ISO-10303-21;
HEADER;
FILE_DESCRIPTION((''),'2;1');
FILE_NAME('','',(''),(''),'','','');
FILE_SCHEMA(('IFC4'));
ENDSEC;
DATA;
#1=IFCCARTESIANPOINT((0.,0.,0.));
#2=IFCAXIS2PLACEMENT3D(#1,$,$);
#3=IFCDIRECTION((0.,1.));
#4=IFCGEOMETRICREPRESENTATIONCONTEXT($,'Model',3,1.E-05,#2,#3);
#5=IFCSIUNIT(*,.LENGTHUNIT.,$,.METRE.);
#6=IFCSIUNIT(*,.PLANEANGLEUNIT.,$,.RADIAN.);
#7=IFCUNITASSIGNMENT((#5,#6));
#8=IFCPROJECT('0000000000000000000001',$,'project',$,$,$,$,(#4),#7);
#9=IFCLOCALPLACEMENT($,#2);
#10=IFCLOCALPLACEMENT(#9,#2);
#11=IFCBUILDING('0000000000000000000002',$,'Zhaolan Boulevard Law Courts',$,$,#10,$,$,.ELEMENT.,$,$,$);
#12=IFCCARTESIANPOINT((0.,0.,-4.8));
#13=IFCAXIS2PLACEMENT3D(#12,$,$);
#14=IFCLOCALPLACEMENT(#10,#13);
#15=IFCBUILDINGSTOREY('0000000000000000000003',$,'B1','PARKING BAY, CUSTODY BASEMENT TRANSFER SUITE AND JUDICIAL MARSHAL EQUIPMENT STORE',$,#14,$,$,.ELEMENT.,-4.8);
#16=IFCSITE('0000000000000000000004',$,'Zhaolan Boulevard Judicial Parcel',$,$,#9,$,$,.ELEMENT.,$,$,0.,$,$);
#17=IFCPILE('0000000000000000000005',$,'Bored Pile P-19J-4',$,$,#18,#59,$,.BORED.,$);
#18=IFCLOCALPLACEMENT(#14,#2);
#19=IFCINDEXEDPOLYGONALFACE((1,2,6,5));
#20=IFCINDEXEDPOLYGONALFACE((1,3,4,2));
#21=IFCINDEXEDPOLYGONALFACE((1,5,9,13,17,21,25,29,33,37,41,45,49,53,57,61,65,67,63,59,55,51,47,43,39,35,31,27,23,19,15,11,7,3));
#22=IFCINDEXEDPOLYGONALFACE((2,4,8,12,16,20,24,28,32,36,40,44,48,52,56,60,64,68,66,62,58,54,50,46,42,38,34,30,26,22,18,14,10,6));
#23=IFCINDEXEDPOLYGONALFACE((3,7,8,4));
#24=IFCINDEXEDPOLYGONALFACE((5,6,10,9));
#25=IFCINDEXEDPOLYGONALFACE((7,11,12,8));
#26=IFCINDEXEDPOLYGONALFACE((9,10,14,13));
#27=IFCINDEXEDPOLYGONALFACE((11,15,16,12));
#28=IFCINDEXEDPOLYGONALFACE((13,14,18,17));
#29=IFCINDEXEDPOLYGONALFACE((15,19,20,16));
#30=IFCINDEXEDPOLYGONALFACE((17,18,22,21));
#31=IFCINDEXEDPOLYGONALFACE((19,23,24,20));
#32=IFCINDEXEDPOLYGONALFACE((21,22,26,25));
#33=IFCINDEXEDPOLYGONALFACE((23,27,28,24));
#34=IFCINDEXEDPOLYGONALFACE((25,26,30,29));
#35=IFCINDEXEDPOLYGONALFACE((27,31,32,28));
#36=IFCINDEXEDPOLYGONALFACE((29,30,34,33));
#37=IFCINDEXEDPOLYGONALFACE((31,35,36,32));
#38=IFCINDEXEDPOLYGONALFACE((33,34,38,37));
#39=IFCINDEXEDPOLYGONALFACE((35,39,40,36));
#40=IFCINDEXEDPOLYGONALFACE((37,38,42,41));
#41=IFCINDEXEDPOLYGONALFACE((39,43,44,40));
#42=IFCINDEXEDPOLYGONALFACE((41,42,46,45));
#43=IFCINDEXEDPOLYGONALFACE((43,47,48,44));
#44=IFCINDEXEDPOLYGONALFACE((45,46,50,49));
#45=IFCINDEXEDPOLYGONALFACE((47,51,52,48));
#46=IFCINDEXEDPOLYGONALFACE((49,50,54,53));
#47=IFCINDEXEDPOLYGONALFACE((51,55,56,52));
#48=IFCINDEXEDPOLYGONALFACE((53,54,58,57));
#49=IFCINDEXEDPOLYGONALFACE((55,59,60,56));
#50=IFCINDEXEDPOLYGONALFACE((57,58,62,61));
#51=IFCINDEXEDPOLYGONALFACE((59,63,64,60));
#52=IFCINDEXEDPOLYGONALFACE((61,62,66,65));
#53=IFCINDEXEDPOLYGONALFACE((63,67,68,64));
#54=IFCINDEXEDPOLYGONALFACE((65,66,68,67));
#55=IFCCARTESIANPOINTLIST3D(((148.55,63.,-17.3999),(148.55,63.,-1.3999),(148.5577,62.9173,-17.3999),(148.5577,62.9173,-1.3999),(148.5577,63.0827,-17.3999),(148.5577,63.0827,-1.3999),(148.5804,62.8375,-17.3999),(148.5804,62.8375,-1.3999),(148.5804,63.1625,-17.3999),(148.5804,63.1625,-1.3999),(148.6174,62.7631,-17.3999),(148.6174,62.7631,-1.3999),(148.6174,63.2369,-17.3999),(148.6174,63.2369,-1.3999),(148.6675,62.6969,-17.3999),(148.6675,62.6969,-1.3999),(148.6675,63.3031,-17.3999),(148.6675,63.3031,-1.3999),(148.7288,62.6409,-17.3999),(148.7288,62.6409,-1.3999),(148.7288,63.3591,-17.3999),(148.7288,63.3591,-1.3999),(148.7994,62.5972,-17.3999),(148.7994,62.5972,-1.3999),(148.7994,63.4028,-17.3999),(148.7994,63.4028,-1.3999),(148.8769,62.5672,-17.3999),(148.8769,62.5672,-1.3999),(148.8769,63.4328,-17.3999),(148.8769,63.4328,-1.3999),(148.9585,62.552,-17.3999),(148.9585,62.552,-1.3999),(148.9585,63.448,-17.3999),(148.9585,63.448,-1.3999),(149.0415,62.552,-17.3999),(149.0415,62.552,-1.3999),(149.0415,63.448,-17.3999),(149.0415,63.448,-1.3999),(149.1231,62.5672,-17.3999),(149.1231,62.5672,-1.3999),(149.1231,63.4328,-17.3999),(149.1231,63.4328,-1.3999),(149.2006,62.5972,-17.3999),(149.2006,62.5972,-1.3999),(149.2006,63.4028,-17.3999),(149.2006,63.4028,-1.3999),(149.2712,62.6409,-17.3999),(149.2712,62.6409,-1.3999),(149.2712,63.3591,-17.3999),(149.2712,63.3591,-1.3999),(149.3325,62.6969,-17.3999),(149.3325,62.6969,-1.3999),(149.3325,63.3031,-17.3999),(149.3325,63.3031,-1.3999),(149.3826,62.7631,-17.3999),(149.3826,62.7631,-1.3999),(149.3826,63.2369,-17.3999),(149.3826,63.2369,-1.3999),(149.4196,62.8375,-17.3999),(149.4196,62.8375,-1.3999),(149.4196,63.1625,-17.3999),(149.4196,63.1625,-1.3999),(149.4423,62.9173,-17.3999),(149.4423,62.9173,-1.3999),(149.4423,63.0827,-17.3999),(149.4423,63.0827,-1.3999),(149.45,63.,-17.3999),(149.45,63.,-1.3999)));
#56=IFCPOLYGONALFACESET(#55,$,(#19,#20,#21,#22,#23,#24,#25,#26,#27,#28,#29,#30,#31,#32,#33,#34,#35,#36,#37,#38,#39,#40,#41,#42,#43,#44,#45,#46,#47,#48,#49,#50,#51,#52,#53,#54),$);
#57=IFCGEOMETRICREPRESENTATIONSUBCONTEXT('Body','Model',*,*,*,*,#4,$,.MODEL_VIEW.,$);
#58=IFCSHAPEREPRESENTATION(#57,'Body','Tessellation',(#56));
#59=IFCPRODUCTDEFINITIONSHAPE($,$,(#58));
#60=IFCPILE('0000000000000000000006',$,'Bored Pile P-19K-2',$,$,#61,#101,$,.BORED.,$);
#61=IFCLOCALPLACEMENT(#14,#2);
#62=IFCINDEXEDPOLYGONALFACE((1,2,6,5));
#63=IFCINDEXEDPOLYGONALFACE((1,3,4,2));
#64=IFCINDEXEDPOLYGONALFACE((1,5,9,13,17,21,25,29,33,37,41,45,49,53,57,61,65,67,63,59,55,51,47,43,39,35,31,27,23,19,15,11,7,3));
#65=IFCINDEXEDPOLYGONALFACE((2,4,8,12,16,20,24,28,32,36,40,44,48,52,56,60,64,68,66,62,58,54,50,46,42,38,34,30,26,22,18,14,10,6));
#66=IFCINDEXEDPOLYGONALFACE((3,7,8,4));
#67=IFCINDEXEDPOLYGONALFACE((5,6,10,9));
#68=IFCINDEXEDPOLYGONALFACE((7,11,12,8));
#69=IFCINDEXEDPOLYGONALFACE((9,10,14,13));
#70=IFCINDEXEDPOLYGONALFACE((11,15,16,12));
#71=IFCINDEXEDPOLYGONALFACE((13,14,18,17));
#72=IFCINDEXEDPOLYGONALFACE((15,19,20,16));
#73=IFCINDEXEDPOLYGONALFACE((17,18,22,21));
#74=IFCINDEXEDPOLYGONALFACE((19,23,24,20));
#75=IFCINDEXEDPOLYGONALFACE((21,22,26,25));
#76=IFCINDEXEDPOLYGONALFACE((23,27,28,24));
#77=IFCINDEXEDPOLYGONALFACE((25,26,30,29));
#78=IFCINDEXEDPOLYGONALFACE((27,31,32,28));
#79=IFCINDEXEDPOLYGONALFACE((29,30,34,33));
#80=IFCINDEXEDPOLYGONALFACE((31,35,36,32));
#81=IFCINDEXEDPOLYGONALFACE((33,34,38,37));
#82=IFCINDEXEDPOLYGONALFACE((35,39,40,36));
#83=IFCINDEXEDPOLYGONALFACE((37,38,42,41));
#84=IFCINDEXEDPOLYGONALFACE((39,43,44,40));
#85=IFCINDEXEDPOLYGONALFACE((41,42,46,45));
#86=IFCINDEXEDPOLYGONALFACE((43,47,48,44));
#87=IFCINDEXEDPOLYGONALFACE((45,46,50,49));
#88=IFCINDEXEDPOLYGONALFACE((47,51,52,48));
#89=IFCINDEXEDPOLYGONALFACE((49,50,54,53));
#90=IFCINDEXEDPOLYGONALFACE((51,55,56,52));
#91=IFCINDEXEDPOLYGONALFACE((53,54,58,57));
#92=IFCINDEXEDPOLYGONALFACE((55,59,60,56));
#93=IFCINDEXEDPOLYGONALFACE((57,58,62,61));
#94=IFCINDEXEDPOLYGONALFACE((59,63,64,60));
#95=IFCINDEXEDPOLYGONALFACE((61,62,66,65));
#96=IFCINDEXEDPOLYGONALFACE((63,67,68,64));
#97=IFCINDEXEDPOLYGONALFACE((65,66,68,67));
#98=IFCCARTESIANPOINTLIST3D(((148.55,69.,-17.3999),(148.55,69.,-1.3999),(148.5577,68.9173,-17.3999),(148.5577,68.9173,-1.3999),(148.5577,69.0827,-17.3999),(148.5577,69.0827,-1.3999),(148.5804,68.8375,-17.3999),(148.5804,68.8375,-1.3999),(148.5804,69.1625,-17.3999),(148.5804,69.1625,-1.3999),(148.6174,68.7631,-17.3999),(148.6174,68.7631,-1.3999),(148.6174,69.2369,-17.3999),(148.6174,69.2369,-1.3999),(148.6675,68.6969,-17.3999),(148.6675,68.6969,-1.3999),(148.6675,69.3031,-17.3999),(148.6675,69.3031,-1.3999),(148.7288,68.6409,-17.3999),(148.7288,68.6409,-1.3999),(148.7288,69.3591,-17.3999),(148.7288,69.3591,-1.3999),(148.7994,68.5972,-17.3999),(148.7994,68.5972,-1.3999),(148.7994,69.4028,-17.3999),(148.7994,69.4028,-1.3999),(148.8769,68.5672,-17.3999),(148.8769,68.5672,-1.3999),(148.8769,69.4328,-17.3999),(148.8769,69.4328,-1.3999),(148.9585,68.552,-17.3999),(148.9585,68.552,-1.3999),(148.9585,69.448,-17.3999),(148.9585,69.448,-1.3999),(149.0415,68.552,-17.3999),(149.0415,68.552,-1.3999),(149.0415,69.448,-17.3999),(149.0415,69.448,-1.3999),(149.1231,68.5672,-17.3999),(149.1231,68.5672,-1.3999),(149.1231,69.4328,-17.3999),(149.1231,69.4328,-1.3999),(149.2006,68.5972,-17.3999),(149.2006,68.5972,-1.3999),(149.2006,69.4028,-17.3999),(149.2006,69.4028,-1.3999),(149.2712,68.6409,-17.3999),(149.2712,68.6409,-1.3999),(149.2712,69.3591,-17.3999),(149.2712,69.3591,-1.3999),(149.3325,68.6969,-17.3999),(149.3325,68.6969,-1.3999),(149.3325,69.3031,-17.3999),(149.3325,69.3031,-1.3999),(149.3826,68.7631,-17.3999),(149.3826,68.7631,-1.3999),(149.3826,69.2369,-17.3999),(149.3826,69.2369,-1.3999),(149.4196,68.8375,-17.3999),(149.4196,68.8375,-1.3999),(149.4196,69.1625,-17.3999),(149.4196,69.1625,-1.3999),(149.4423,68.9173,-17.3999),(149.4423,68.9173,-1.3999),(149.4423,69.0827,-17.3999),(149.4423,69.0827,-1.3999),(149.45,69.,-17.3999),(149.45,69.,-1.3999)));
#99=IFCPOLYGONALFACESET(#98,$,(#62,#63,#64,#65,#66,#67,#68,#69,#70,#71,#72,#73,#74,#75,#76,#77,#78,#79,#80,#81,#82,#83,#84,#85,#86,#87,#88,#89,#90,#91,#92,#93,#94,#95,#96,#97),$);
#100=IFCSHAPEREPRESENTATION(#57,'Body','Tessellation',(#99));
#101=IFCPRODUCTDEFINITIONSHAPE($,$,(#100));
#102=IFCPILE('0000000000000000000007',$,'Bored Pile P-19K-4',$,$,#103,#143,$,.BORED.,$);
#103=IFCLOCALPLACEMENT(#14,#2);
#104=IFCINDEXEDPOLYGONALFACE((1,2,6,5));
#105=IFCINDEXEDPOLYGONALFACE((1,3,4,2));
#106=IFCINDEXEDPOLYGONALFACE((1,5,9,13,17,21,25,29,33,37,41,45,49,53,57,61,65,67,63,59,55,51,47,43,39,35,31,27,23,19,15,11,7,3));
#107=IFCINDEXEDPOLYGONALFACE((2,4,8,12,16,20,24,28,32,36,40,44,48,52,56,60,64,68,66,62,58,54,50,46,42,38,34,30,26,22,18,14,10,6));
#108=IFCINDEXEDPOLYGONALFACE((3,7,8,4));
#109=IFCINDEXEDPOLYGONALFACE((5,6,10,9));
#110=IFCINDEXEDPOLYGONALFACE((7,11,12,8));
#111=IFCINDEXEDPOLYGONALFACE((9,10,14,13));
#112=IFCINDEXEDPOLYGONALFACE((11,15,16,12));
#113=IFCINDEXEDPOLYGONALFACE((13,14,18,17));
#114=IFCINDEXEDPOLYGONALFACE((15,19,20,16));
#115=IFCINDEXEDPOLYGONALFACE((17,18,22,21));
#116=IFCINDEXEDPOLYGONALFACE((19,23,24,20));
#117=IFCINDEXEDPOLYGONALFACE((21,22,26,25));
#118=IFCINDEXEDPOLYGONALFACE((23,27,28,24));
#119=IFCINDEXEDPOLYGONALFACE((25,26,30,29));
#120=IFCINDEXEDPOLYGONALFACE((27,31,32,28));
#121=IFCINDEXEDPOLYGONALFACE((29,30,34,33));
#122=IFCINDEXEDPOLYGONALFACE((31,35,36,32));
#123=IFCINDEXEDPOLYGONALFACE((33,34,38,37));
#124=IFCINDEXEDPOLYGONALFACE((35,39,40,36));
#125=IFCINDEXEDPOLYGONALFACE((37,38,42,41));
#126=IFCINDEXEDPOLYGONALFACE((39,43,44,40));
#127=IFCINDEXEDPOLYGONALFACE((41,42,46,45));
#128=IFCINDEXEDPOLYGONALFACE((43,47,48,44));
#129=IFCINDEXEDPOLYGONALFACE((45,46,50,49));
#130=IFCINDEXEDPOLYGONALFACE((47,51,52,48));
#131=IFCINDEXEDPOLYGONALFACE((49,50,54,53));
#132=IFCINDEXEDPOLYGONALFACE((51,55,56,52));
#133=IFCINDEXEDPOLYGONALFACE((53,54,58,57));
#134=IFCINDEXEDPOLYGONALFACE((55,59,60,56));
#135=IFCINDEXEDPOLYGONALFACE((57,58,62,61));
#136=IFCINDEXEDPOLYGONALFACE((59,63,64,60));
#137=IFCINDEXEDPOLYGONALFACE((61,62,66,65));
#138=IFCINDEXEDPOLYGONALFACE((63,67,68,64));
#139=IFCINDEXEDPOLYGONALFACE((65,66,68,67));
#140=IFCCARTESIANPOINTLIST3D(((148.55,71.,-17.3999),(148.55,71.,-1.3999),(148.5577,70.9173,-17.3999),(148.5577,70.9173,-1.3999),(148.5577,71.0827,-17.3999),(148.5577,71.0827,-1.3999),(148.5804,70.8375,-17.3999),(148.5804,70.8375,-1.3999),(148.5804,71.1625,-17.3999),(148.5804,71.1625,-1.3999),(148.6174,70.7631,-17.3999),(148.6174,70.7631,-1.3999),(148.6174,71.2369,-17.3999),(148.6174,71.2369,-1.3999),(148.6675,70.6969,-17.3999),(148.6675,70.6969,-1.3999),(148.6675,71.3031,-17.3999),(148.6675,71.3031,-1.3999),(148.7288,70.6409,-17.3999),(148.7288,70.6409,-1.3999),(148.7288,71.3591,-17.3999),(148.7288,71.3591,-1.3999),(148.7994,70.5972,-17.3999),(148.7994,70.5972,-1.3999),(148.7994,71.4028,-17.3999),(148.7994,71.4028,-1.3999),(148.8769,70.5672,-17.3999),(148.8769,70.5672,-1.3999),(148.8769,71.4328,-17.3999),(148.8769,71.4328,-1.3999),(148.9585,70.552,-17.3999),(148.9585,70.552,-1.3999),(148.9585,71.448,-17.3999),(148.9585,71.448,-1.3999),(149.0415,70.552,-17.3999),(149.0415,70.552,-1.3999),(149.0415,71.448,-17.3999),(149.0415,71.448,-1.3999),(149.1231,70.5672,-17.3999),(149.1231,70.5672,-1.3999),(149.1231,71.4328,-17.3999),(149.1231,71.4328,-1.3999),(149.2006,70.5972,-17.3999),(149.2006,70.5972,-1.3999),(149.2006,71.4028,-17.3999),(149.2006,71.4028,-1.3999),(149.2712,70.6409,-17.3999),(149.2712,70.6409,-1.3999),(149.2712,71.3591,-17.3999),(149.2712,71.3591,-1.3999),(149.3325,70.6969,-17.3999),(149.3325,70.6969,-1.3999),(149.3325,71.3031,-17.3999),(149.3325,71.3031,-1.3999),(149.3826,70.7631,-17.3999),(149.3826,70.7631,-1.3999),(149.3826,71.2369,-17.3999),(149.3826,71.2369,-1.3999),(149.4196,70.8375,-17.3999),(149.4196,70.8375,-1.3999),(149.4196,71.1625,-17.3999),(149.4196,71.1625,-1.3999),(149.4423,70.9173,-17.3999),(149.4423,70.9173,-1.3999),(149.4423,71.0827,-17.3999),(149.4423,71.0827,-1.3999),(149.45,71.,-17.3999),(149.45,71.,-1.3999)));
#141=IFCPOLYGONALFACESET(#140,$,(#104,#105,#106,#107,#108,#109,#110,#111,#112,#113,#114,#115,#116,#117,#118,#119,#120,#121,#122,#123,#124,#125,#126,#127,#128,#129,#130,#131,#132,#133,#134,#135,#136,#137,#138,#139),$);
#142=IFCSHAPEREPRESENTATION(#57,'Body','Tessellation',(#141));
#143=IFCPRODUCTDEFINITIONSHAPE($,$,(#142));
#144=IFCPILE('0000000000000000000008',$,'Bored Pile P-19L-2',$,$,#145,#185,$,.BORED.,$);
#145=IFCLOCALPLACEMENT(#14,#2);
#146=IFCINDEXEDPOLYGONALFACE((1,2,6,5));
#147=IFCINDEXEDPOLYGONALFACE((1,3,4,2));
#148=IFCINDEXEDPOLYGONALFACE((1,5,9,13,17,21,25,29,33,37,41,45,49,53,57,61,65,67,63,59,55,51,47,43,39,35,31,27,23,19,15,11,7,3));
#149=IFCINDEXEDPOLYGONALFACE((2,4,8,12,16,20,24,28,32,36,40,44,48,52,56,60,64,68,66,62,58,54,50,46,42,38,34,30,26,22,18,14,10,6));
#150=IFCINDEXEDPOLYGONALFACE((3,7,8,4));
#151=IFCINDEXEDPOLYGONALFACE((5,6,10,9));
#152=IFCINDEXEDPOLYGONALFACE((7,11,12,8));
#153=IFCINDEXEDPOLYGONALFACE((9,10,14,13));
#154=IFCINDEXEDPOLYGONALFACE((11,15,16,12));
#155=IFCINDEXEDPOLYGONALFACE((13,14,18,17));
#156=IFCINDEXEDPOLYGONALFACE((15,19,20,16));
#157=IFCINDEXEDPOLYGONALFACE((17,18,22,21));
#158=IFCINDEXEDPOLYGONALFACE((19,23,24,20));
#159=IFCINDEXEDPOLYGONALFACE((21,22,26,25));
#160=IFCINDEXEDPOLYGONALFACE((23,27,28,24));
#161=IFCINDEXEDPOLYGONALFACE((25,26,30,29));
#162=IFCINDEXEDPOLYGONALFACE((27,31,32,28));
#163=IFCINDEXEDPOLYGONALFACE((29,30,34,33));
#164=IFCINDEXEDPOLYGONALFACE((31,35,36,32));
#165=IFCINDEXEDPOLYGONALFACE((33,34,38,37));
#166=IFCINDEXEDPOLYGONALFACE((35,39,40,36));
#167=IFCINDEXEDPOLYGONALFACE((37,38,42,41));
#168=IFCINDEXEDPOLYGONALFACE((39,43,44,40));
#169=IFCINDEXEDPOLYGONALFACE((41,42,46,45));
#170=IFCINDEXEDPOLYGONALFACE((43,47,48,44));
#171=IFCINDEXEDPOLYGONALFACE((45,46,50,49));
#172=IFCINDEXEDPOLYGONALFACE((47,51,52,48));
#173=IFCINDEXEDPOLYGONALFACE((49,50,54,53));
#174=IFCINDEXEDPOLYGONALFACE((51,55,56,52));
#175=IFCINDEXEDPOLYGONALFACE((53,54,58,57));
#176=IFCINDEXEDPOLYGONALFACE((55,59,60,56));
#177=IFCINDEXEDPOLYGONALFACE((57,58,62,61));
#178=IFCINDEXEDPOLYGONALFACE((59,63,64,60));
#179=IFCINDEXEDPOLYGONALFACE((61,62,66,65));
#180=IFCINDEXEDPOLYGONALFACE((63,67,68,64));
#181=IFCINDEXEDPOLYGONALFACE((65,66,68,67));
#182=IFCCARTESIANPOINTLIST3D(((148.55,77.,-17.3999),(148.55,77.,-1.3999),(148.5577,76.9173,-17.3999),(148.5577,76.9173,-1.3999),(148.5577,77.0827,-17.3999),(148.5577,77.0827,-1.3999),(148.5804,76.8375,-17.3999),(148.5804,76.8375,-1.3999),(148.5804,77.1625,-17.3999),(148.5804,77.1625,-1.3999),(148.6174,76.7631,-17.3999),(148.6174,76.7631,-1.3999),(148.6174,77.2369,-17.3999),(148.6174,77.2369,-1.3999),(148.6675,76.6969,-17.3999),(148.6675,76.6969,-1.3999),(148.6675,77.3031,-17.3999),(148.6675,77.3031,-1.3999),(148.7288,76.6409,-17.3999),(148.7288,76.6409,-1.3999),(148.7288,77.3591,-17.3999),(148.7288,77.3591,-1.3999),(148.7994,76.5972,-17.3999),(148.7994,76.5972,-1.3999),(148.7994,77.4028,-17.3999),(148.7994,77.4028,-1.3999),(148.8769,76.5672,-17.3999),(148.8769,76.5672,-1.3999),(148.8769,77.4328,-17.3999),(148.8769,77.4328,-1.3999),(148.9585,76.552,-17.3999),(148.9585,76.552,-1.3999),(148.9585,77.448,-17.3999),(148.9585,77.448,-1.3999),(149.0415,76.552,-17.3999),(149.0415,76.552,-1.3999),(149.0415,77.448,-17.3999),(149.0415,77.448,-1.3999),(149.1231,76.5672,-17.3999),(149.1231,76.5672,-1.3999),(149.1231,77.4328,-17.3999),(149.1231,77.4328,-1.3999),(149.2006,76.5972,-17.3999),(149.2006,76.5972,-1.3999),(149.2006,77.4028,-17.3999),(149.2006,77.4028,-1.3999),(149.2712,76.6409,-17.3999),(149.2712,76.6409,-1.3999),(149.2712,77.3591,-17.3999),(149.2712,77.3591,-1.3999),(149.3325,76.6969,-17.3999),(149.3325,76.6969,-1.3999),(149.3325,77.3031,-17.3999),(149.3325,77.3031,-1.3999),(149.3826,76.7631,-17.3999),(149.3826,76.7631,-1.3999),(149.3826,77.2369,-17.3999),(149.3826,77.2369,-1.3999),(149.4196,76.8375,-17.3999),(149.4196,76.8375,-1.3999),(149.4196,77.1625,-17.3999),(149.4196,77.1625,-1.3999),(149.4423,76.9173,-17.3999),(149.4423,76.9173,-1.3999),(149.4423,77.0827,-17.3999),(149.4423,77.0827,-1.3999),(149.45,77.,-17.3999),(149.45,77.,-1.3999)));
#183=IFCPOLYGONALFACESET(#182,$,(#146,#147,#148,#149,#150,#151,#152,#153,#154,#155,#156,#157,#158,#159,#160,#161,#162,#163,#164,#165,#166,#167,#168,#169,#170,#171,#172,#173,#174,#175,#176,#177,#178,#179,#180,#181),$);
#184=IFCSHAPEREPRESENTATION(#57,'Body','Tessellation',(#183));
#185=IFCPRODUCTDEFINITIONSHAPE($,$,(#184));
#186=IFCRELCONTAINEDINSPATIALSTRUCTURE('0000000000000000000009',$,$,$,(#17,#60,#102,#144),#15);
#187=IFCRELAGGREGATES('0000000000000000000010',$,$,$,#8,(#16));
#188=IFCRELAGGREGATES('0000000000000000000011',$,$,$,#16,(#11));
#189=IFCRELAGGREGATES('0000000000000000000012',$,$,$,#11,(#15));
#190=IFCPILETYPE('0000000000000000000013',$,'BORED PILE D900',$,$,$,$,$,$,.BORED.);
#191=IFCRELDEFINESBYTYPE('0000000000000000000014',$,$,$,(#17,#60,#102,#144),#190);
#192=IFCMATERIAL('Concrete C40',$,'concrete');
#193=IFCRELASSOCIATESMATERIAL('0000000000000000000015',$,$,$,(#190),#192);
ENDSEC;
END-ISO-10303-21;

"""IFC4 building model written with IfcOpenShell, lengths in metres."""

from ifc_helpers import new_model, si_unit, direction, frame, origin, origin_2d, place, context, subcontext, project, spatial, circle, extrude, material, material_profile, profile_set, type_object, element, save


model = new_model("IFC4")

# Units and contexts
model_context = context("Model", 3, precision=1e-05, world=origin(), true_north=direction((0.0, 1.0)))
body_context = subcontext(model_context, "Body", "Model", "MODEL_VIEW")
ifc_project = project(units=[si_unit("LENGTHUNIT", "METRE"), si_unit("PLANEANGLEUNIT", "RADIAN")], contexts=[model_context])

# Site, building, storey
site_placement = place(None, origin())
site = spatial("IfcSite", under=ifc_project, at=site_placement, Name="Zhaolan Boulevard Judicial Parcel", CompositionType="ELEMENT", RefElevation=0.0)
building_placement = place(site_placement, origin())
building = spatial("IfcBuilding", under=site, at=building_placement, Name="Zhaolan Boulevard Law Courts", CompositionType="ELEMENT")
storey_placement = place(building_placement, frame((0.0, 0.0, -4.8)))
storey = spatial("IfcBuildingStorey", under=building, at=storey_placement, Name="B1", Description="PARKING BAY, CUSTODY BASEMENT TRANSFER SUITE AND JUDICIAL MARSHAL EQUIPMENT STORE", CompositionType="ELEMENT", Elevation=-4.8)

# Piles
ifc_material_1 = material(Name="Concrete C40", Category="concrete")
ifc_material_profile_1 = material_profile(ifc_material_1, circle(Radius=0.45, at=origin_2d()), Name="PILE-D900")
ifc_profile_set_1 = profile_set([ifc_material_profile_1], Name="Concrete C40")
pile_type = type_object("IfcPileType", Name="BORED PILE D900", PredefinedType="BORED", material=ifc_profile_set_1)
for number, where, z_axis, x_axis, name in (
    (1, (149.0, 63.0, -1.3999), (0.0, 0.0, -1.0), (1.0, 0.0, 0.0), "Bored Pile P-19J-4"),
    (2, (149.0, 69.0, -1.3999), (0.0, 0.0, -1.0), (1.0, 0.0, 0.0), "Bored Pile P-19K-2"),
    (3, (149.0, 71.0, -1.3999), (0.0, 0.0, -1.0), (1.0, 0.0, 0.0), "Bored Pile P-19K-4"),
    (4, (149.0, 77.0, -1.3999), (0.0, 0.0, -1.0), (1.0, 0.0, 0.0), "Bored Pile P-19L-2"),
):
    element("IfcPile", number, at=place(storey_placement, frame(where, z_axis=z_axis, x_axis=x_axis)), inside=storey, type_object=pile_type, Name=name, PredefinedType="BORED", context=body_context, shape_type="SweptSolid", body=[
        extrude(circle(Radius=0.45, at=origin_2d()), origin(), (0.0, 0.0, 1.0), 16.0),
    ])

save(model, "model.ifc")
